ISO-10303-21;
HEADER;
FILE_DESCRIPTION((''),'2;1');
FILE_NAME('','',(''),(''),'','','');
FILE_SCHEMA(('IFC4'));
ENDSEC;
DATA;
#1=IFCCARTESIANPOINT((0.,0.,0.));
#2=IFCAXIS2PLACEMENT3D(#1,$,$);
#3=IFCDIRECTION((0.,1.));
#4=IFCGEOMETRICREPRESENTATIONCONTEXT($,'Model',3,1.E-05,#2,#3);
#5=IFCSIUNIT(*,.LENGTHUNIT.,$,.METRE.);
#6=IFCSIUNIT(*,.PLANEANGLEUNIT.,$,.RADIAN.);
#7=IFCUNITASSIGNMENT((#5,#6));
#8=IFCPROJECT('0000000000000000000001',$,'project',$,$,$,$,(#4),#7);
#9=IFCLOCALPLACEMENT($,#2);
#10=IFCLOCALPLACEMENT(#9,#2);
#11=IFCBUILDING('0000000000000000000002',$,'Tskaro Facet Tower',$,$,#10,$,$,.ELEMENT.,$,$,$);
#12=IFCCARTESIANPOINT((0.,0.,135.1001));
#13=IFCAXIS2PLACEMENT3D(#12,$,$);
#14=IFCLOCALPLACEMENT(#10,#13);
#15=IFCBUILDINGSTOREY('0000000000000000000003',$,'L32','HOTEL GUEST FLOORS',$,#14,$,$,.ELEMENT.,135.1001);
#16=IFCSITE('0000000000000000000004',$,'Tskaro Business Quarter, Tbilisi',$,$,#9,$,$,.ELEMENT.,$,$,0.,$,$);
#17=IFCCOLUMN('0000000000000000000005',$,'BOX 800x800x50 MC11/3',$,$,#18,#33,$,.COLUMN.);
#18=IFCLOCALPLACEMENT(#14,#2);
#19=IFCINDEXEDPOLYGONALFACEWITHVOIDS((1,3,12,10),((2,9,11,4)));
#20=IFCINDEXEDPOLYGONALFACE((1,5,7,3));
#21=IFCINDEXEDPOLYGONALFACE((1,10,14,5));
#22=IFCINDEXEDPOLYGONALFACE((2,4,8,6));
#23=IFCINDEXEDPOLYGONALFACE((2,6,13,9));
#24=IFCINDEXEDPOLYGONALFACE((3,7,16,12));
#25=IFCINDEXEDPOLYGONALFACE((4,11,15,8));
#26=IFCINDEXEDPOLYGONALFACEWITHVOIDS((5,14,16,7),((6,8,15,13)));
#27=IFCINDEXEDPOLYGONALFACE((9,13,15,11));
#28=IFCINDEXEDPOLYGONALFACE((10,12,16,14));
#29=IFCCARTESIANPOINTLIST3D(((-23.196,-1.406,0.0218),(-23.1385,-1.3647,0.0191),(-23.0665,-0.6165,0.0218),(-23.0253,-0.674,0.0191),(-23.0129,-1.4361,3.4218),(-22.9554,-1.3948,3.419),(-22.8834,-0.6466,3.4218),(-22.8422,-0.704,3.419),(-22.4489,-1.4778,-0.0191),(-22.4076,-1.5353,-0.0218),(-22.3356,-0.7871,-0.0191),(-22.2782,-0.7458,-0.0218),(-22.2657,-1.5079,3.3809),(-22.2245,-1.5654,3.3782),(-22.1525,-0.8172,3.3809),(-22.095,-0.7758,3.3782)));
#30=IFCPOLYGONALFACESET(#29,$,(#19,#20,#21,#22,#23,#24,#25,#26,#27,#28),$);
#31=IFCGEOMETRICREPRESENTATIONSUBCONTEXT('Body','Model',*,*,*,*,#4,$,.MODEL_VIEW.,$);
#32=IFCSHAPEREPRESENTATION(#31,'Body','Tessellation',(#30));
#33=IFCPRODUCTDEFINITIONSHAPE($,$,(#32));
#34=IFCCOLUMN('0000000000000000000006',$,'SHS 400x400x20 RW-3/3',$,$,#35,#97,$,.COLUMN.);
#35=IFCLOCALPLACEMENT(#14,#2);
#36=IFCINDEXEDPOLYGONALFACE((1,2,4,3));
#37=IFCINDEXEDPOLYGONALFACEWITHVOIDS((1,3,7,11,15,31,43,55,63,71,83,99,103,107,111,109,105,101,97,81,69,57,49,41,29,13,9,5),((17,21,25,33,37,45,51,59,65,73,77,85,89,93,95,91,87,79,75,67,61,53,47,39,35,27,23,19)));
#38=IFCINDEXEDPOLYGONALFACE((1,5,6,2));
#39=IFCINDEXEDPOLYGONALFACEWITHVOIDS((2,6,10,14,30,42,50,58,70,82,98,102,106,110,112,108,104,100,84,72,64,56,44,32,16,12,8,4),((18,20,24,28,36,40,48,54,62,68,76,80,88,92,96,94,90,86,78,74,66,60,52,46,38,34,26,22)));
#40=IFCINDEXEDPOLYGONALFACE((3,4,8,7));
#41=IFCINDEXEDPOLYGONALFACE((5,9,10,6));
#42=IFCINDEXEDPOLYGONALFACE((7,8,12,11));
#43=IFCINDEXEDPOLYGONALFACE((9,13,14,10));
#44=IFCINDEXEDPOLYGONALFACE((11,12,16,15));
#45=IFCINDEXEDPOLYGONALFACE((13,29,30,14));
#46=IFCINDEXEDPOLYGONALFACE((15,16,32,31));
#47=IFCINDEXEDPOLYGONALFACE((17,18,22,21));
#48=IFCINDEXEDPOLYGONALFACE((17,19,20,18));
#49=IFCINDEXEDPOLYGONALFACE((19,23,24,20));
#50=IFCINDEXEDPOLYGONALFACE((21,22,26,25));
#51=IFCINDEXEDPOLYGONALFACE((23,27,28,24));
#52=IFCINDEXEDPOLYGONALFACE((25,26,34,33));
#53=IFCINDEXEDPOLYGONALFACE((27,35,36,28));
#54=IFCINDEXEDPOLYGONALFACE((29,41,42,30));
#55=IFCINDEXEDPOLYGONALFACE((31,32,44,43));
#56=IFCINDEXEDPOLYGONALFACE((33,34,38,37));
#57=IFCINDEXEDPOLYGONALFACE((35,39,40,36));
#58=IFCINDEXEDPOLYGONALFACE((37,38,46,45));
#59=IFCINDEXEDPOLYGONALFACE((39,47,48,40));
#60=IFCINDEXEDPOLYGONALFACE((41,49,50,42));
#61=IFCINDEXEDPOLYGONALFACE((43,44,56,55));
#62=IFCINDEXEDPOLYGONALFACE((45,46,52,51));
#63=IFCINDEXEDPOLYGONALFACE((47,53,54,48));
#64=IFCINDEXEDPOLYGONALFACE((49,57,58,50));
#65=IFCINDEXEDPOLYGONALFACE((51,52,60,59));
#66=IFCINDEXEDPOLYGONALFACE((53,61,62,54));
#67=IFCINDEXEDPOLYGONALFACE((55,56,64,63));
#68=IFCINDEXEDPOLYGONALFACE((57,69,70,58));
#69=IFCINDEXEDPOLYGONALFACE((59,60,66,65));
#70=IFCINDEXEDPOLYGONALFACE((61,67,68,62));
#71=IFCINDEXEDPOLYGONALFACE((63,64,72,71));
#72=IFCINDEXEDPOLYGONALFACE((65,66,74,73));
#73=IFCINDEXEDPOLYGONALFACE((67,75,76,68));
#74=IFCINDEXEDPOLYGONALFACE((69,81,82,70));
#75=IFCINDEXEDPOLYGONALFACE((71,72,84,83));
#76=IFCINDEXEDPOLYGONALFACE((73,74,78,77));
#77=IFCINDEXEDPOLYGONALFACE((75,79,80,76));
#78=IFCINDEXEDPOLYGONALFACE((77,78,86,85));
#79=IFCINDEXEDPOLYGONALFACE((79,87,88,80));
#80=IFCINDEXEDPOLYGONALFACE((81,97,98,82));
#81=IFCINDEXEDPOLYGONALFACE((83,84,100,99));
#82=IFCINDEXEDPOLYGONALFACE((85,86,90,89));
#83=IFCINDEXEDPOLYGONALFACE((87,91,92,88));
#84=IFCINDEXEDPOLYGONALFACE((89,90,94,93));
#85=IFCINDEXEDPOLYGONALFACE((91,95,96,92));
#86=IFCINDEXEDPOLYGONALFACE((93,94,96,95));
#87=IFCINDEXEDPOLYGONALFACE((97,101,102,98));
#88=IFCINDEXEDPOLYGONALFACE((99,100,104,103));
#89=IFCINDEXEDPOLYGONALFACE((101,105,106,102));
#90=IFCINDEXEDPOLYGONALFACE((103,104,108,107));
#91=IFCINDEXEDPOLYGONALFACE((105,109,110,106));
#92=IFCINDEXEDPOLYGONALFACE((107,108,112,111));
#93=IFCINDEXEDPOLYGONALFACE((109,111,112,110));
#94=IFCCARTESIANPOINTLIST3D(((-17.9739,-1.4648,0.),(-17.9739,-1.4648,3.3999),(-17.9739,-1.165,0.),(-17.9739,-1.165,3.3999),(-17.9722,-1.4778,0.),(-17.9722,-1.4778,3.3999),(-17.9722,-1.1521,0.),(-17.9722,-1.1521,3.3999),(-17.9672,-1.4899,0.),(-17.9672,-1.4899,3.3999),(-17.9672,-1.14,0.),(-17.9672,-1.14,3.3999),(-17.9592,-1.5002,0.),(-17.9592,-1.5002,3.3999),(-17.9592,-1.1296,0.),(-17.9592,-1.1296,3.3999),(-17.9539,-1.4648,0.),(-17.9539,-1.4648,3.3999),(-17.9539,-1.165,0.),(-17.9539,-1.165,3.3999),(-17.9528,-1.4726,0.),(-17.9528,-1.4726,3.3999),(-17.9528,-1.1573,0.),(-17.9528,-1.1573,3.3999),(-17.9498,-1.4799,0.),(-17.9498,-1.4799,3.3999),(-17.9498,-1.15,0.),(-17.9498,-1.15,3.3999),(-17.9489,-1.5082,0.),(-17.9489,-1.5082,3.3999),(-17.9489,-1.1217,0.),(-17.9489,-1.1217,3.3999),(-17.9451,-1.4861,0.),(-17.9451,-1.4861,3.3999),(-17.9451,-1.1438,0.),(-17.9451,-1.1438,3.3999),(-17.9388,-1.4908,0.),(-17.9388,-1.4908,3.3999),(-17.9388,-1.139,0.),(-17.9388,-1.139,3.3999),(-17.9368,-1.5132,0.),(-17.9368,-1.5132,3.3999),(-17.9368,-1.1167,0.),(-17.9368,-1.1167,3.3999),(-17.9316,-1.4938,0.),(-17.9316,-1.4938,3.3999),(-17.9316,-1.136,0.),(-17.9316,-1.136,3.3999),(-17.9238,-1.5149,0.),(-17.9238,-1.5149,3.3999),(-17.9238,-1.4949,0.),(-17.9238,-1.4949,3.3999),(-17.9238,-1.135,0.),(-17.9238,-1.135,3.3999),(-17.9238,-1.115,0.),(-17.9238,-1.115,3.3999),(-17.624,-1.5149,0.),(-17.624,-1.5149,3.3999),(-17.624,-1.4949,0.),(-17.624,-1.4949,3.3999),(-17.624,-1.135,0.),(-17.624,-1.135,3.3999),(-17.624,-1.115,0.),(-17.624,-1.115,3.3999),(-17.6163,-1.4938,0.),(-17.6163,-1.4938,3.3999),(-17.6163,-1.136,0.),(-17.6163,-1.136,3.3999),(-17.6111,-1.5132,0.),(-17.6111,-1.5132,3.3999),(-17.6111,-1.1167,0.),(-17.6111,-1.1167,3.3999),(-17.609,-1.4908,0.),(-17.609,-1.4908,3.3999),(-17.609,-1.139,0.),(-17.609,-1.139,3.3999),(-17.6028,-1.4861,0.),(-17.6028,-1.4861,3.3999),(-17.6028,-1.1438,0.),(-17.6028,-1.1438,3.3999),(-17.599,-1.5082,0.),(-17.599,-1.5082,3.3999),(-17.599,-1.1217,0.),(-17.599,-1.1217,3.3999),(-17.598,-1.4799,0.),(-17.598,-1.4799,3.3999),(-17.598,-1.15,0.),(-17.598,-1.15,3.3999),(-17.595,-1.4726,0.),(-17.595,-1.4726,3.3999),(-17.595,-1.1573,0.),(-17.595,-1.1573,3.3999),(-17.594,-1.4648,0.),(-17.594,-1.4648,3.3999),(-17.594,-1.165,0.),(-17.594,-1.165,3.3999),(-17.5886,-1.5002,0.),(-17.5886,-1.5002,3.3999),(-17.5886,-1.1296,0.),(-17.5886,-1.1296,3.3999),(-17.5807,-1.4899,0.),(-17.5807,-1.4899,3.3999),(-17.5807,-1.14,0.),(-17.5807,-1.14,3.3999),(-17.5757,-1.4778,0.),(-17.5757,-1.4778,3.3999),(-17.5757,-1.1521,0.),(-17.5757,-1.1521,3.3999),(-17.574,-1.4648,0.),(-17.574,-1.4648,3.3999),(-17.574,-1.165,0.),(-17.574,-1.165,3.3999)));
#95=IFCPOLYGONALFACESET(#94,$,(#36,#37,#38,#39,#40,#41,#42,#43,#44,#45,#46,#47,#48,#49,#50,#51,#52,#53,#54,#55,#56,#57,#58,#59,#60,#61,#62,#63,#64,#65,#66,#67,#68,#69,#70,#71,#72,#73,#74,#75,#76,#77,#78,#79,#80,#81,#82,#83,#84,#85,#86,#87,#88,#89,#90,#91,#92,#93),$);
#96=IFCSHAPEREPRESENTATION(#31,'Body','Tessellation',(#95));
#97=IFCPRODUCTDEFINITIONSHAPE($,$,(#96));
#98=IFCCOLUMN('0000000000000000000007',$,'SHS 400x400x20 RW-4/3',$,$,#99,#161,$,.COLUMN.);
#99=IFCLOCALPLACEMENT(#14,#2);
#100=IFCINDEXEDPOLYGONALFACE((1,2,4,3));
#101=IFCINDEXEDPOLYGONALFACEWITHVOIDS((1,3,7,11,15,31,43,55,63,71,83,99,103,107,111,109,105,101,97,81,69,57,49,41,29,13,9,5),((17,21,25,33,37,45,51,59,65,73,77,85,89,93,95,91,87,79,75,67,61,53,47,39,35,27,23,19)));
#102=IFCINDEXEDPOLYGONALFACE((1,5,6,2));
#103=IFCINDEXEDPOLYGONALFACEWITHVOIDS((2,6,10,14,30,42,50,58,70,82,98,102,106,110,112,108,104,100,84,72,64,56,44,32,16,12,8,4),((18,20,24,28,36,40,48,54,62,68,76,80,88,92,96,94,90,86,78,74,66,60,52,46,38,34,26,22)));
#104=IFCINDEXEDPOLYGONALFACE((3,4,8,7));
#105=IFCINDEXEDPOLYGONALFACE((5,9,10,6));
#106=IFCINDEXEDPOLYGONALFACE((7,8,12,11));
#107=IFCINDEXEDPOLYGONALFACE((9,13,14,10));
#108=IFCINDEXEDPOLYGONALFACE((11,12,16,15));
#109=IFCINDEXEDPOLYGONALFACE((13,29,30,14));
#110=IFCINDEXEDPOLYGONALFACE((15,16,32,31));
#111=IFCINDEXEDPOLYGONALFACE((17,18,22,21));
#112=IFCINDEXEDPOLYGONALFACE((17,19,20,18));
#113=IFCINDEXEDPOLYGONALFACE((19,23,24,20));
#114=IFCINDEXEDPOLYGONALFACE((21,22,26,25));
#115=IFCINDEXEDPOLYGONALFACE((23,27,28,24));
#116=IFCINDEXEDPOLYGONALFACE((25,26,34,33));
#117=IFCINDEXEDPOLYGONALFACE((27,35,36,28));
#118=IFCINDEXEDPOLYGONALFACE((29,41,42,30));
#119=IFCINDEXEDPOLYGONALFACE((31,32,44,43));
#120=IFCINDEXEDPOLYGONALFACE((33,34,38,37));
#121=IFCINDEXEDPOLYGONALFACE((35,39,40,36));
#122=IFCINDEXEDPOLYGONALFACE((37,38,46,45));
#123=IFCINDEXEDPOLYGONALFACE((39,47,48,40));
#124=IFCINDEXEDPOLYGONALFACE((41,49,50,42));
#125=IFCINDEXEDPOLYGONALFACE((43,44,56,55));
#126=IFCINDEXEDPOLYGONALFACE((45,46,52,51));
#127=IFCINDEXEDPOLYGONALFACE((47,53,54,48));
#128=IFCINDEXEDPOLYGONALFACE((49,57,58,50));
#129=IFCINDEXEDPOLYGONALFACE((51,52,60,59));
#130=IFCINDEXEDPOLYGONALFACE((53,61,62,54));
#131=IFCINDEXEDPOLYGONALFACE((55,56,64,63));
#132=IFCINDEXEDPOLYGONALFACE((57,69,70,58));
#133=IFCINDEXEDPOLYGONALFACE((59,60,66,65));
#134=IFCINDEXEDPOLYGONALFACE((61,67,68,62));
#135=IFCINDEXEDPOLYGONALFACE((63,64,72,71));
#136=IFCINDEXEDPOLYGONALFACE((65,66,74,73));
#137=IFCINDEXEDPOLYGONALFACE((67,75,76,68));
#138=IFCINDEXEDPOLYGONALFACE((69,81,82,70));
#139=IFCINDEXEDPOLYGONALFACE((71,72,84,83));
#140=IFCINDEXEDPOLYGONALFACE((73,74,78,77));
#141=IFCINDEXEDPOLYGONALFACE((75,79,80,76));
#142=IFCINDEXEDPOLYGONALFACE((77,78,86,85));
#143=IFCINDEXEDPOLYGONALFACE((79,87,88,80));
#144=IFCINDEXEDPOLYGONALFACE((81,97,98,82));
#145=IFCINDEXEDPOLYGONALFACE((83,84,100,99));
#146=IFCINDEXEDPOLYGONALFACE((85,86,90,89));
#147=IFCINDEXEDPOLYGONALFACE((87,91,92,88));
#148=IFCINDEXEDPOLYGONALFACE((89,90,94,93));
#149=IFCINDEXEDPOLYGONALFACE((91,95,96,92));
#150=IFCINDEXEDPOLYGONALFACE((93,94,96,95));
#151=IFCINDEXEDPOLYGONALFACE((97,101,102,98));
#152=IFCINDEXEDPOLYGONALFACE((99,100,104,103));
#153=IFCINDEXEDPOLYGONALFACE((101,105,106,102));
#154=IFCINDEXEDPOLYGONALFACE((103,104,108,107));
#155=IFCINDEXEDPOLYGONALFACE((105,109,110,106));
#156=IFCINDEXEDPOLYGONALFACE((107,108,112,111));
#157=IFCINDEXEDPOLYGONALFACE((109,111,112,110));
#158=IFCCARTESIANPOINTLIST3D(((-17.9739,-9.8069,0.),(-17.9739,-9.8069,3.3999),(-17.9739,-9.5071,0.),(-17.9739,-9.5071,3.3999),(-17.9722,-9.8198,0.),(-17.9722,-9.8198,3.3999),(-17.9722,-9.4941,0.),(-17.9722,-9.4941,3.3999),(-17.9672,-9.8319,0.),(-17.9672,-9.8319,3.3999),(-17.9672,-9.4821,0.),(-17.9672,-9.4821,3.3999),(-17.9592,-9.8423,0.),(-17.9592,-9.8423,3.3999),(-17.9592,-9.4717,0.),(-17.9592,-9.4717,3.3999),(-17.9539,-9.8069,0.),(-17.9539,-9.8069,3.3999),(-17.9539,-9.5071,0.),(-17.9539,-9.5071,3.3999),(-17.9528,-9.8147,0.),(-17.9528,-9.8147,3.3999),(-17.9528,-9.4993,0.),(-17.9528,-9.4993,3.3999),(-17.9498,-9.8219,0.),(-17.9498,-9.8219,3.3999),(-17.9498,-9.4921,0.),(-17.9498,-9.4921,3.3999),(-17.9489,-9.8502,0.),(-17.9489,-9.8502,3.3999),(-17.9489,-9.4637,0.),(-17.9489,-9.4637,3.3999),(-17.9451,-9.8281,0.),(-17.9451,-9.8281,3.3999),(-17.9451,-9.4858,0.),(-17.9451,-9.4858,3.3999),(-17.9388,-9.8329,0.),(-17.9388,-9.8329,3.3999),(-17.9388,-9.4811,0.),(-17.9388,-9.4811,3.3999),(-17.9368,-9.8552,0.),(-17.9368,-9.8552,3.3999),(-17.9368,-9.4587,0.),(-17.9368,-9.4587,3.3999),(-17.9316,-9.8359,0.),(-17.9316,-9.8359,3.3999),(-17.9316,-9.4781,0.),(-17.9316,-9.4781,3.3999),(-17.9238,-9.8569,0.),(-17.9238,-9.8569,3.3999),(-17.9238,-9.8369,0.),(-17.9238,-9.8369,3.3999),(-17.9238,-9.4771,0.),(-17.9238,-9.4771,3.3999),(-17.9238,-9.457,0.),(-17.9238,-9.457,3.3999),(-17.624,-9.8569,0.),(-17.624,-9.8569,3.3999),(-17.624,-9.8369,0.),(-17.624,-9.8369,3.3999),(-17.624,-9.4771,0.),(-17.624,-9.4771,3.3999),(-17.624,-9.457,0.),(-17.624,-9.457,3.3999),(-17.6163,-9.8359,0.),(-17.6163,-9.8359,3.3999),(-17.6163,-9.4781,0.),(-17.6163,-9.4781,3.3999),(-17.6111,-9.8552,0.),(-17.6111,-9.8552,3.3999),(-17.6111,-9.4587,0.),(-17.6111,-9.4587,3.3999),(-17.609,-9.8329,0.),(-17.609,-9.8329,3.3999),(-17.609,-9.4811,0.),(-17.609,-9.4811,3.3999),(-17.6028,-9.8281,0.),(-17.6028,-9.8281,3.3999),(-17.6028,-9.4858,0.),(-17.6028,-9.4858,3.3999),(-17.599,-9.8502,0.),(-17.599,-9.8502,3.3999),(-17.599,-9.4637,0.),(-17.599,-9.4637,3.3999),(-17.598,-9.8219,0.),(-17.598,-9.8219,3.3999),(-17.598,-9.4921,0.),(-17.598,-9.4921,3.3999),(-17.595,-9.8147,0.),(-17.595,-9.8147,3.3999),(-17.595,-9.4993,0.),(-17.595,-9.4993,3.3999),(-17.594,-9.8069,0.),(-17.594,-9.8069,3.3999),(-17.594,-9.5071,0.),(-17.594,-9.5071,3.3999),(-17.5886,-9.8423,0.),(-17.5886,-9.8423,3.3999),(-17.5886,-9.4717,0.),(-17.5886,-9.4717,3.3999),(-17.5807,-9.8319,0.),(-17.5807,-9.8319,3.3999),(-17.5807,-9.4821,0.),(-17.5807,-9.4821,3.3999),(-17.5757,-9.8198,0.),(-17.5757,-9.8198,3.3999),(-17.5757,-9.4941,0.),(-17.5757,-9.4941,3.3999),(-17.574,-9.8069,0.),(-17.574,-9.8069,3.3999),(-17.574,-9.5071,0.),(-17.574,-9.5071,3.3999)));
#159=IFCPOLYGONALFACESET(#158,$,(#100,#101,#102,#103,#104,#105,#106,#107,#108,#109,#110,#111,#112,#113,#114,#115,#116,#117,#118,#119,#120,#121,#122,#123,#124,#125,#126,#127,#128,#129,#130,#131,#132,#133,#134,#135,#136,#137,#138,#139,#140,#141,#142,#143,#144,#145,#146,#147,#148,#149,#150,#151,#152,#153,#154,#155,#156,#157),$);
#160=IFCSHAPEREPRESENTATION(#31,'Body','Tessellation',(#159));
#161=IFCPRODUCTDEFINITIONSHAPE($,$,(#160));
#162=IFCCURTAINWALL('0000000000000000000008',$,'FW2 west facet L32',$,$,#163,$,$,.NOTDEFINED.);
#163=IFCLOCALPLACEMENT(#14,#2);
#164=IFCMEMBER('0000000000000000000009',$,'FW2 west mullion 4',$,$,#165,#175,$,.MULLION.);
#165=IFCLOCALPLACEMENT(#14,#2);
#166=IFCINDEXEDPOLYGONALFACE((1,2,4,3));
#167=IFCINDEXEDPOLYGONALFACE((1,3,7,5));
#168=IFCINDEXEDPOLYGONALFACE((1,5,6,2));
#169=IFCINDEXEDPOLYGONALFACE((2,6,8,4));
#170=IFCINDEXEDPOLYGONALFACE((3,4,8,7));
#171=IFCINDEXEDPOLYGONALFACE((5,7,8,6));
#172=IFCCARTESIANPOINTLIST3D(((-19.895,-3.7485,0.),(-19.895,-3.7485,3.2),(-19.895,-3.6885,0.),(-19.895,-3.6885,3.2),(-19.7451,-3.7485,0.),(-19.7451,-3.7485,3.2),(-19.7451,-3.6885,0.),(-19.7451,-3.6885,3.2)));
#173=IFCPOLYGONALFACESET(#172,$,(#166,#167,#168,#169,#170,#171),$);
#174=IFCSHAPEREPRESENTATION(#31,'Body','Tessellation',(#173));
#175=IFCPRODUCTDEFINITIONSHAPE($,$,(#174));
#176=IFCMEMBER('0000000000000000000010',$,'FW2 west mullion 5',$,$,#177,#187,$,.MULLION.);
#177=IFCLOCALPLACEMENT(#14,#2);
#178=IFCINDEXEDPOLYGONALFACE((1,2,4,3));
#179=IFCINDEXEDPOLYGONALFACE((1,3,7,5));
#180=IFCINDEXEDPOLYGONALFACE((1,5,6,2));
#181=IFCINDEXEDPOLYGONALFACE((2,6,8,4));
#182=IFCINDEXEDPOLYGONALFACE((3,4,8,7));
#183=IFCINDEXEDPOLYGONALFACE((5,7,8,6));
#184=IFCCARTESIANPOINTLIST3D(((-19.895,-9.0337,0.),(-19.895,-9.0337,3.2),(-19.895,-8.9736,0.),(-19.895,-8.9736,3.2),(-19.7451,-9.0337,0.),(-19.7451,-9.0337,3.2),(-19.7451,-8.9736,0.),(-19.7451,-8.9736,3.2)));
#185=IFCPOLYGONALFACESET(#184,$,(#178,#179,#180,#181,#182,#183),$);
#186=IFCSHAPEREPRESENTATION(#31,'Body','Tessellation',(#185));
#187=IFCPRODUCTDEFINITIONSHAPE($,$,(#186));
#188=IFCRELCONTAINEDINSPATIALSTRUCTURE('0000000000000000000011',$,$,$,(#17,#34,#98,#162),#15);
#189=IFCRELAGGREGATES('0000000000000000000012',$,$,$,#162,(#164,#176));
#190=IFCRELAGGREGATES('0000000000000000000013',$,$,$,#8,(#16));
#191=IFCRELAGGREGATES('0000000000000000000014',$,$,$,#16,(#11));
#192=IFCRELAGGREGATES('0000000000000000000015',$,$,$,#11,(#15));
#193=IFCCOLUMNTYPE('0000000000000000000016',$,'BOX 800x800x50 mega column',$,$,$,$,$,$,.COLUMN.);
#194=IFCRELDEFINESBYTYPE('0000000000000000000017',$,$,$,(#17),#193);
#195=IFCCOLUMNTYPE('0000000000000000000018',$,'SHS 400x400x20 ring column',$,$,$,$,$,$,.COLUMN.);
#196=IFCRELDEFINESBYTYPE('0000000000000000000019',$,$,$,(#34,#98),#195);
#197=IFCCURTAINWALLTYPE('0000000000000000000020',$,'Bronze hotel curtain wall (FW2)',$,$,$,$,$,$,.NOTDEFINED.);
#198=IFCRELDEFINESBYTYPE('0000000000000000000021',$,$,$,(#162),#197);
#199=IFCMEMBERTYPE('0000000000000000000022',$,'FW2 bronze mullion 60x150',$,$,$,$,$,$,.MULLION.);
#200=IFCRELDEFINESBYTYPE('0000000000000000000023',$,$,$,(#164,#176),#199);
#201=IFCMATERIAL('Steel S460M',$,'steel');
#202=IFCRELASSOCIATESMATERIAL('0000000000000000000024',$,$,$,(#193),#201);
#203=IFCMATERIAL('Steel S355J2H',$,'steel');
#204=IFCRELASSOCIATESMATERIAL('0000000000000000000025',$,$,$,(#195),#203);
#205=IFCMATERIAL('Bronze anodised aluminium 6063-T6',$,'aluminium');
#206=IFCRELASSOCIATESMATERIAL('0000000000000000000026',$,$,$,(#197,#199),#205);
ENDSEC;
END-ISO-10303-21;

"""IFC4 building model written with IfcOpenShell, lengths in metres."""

from ifc_helpers import new_model, si_unit, direction, frame, origin, origin_2d, place, context, subcontext, project, spatial, rectangle, hollow_rectangle, extrude, material, material_profile, profile_set, type_object, element, aggregate, save


model = new_model("IFC4")

# Units and contexts
model_context = context("Model", 3, precision=1e-05, world=origin(), true_north=direction((0.0, 1.0)))
body_context = subcontext(model_context, "Body", "Model", "MODEL_VIEW")
ifc_project = project(units=[si_unit("LENGTHUNIT", "METRE"), si_unit("PLANEANGLEUNIT", "RADIAN")], contexts=[model_context])

# Site, building, storey
site_placement = place(None, origin())
site = spatial("IfcSite", under=ifc_project, at=site_placement, Name="Tskaro Business Quarter, Tbilisi", CompositionType="ELEMENT", RefElevation=0.0)
building_placement = place(site_placement, origin())
building = spatial("IfcBuilding", under=site, at=building_placement, Name="Tskaro Facet Tower", CompositionType="ELEMENT")
storey_placement = place(building_placement, frame((0.0, 0.0, 135.1001)))
storey = spatial("IfcBuildingStorey", under=building, at=storey_placement, Name="L32", Description="HOTEL GUEST FLOORS", CompositionType="ELEMENT", Elevation=135.1001)

# Columns
ifc_material_1 = material(Name="Steel S460M", Category="steel")
ifc_material_profile_1 = material_profile(ifc_material_1, hollow_rectangle(XDim=0.8, YDim=0.8, WallThickness=0.05, at=origin_2d()), Name="BOX 800x800x50")
ifc_profile_set_1 = profile_set([ifc_material_profile_1], Name="Steel S460M")
column_type_1 = type_object("IfcColumnType", Name="BOX 800x800x50 mega column", PredefinedType="COLUMN", material=ifc_profile_set_1)
column_placement = place(storey_placement, frame((-22.7371, -1.0759, 0.0), z_axis=(0.053776, -0.008819, 0.998514), x_axis=(0.161838, 0.986817, 0.0)))
element("IfcColumn", 1, at=column_placement, inside=storey, type_object=column_type_1, Name="BOX 800x800x50 MC11/3", PredefinedType="COLUMN", context=body_context, shape_type="SweptSolid", body=[
    extrude(hollow_rectangle(XDim=0.8, YDim=0.8, WallThickness=0.05, at=origin_2d()), origin(), (0.0, 0.0, 1.0), 3.405),
])
ifc_material_2 = material(Name="Steel S355J2H", Category="steel")
ifc_material_profile_2 = material_profile(ifc_material_2, hollow_rectangle(XDim=0.3999, YDim=0.3999, WallThickness=0.02, InnerFilletRadius=0.03, OuterFilletRadius=0.05, at=origin_2d()), Name="SHS 400x400x20")
ifc_profile_set_2 = profile_set([ifc_material_profile_2], Name="Steel S355J2H")
column_type_2 = type_object("IfcColumnType", Name="SHS 400x400x20 ring column", PredefinedType="COLUMN", material=ifc_profile_set_2)
for number, where, z_axis, x_axis, name in (
    (2, (-17.7739, -1.3149, 0.0), (0.0, 0.0, 1.0), (1.0, 0.0, 0.0), "SHS 400x400x20 RW-3/3"),
    (3, (-17.7739, -9.657, 0.0), (0.0, 0.0, 1.0), (1.0, 0.0, 0.0), "SHS 400x400x20 RW-4/3"),
):
    element("IfcColumn", number, at=place(storey_placement, frame(where, z_axis=z_axis, x_axis=x_axis)), inside=storey, type_object=column_type_2, Name=name, PredefinedType="COLUMN", context=body_context, shape_type="SweptSolid", body=[
        extrude(hollow_rectangle(XDim=0.3999, YDim=0.3999, WallThickness=0.02, InnerFilletRadius=0.03, OuterFilletRadius=0.05, at=origin_2d()), origin(), (0.0, 0.0, 1.0), 3.3999),
    ])

# Curtain wall, members
ifc_material_3 = material(Name="Bronze anodised aluminium 6063-T6", Category="aluminium")
curtain_wall_type = type_object("IfcCurtainWallType", Name="Bronze hotel curtain wall (FW2)", PredefinedType="NOTDEFINED", material=ifc_material_3)
curtain_wall_placement = place(storey_placement, origin())
curtain_wall = element("IfcCurtainWall", 4, at=curtain_wall_placement, inside=storey, type_object=curtain_wall_type, Name="FW2 west facet L32", PredefinedType="NOTDEFINED")
ifc_material_profile_3 = material_profile(ifc_material_3, rectangle(XDim=0.0601, YDim=0.1499, at=origin_2d()), Name="Mullion 60x150")
ifc_profile_set_3 = profile_set([ifc_material_profile_3], Name="Bronze anodised aluminium 6063-T6")
member_type_1 = type_object("IfcMemberType", Name="FW2 bronze mullion 60x150", PredefinedType="MULLION", material=ifc_profile_set_3)
member_1_placement = place(storey_placement, frame((-19.8201, -3.7185, 0.0), z_axis=(0.0, 0.0, 1.0), x_axis=(0.0, -1.0, 0.0)))
member_1 = element("IfcMember", 5, at=member_1_placement, type_object=member_type_1, Name="FW2 west mullion 4", PredefinedType="MULLION", context=body_context, shape_type="SweptSolid", body=[
    extrude(rectangle(XDim=0.0601, YDim=0.1499, at=origin_2d()), origin(), (0.0, 0.0, 1.0), 3.2),
])
member_2_placement = place(storey_placement, frame((-19.8201, -9.0037, 0.0), z_axis=(0.0, 0.0, 1.0), x_axis=(0.0, -1.0, 0.0)))
member_2 = element("IfcMember", 6, at=member_2_placement, type_object=member_type_1, Name="FW2 west mullion 5", PredefinedType="MULLION", context=body_context, shape_type="SweptSolid", body=[
    extrude(rectangle(XDim=0.0601, YDim=0.1499, at=origin_2d()), origin(), (0.0, 0.0, 1.0), 3.2),
])

aggregate(curtain_wall, [member_1, member_2])

save(model, "model.ifc")
